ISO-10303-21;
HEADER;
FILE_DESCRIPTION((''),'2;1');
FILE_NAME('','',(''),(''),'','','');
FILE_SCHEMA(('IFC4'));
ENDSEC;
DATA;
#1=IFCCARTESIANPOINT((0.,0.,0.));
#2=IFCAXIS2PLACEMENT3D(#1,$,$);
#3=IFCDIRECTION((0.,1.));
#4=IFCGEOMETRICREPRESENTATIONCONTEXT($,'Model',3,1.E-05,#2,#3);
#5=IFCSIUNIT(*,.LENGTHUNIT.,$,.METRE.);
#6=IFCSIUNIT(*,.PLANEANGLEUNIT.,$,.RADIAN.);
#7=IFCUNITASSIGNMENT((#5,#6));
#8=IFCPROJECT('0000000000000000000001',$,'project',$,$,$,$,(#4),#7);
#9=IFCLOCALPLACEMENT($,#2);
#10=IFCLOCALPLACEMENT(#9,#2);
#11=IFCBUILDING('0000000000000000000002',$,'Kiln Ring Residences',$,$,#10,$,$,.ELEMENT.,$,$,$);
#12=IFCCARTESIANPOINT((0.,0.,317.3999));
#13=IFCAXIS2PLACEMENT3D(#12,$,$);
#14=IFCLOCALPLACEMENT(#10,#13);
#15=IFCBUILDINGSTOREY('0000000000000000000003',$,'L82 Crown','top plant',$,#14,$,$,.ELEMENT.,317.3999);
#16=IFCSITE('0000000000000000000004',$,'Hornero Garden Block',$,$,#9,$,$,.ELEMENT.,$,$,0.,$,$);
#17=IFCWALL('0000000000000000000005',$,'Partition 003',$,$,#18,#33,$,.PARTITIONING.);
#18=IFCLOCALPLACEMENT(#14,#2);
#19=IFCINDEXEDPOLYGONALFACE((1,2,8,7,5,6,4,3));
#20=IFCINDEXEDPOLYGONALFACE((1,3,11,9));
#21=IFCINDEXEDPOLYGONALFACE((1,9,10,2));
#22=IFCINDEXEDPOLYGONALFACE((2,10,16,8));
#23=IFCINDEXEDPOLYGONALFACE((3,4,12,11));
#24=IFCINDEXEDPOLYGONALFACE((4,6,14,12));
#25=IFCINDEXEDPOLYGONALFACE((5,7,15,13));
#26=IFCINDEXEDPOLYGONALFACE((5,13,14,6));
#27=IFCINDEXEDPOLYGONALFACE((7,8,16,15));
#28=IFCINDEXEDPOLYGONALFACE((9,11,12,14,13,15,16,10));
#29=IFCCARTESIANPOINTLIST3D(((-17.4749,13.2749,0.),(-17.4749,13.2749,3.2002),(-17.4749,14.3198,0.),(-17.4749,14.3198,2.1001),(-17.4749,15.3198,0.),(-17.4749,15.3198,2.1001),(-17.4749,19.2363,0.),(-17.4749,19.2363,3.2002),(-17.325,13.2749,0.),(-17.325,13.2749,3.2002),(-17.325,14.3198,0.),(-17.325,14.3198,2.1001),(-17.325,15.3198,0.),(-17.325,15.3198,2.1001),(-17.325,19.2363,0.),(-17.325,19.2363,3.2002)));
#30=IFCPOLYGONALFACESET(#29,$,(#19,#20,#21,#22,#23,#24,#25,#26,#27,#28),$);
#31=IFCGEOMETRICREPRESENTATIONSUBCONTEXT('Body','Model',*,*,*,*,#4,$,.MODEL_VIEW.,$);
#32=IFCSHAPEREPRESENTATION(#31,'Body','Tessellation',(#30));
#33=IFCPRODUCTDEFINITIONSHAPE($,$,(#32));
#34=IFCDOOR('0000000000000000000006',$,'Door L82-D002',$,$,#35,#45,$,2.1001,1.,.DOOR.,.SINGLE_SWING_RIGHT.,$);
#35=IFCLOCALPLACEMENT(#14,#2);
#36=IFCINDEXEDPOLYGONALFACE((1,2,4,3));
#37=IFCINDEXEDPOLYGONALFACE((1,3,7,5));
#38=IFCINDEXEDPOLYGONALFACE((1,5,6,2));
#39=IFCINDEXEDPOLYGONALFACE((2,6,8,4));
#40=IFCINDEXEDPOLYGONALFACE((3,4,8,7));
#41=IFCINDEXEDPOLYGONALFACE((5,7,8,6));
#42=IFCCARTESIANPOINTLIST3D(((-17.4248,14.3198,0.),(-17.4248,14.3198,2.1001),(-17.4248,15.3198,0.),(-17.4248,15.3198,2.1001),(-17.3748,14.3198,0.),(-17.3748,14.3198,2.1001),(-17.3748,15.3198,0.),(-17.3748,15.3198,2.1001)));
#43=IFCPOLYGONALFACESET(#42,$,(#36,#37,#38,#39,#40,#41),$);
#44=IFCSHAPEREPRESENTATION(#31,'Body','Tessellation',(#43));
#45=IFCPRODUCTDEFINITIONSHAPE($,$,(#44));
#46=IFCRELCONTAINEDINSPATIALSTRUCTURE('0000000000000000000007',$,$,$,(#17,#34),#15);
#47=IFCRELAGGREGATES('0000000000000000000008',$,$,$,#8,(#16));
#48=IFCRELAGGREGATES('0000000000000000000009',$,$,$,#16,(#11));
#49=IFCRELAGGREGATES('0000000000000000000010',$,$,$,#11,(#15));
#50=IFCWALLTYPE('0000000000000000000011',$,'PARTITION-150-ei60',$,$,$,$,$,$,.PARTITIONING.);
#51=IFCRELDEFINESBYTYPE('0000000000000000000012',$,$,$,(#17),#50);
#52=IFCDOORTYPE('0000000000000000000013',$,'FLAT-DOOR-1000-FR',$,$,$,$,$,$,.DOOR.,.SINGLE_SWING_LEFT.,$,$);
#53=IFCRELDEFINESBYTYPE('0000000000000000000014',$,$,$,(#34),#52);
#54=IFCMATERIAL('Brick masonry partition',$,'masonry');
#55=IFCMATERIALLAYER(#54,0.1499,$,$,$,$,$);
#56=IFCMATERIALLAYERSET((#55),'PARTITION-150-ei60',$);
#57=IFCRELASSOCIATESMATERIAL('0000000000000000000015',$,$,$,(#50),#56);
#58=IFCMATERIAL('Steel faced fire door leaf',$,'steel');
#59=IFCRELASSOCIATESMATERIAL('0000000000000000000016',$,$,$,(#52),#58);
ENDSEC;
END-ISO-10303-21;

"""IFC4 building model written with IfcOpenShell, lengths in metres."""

from ifc_helpers import new_model, si_unit, direction, frame, frame_2d, origin, place, context, subcontext, project, spatial, rectangle, extrude, material, layer, layer_set, type_object, element, fill, save


model = new_model("IFC4")

# Units and contexts
model_context = context("Model", 3, precision=1e-05, world=origin(), true_north=direction((0.0, 1.0)))
body_context = subcontext(model_context, "Body", "Model", "MODEL_VIEW")
ifc_project = project(units=[si_unit("LENGTHUNIT", "METRE"), si_unit("PLANEANGLEUNIT", "RADIAN")], contexts=[model_context])

# Site, building, storey
site_placement = place(None, origin())
site = spatial("IfcSite", under=ifc_project, at=site_placement, Name="Hornero Garden Block", CompositionType="ELEMENT", RefElevation=0.0)
building_placement = place(site_placement, origin())
building = spatial("IfcBuilding", under=site, at=building_placement, Name="Kiln Ring Residences", CompositionType="ELEMENT")
storey_placement = place(building_placement, frame((0.0, 0.0, 317.3999)))
storey = spatial("IfcBuildingStorey", under=building, at=storey_placement, Name="L82 Crown", Description="top plant", CompositionType="ELEMENT", Elevation=317.3999)

# Wall, opening, door
ifc_material_1 = material(Name="Brick masonry partition", Category="masonry")
ifc_layer_1 = layer(ifc_material_1, 0.1499)
ifc_layer_set_1 = layer_set([ifc_layer_1], Name="PARTITION-150-ei60")
wall_type_1 = type_object("IfcWallType", Name="PARTITION-150-ei60", PredefinedType="PARTITIONING", material=ifc_layer_set_1)
wall_1_placement = place(storey_placement, frame((-17.3999, 13.2749, 0.0), z_axis=(0.0, 0.0, 1.0), x_axis=(0.0, 1.0, 0.0)))
wall_1 = element("IfcWall", 1, at=wall_1_placement, inside=storey, type_object=wall_type_1, Name="Partition 003", PredefinedType="PARTITIONING", context=body_context, shape_type="SweptSolid", body=[
    extrude(rectangle(XDim=5.9614, YDim=0.1499, at=frame_2d((2.9807, 0.0))), origin(), (0.0, 0.0, 1.0), 3.2002),
])
opening_1_placement = place(wall_1_placement, frame((1.0449, 0.0, 0.0)))
opening_1 = element("IfcOpeningElement", 2, at=opening_1_placement, cuts=wall_1, PredefinedType="OPENING", context=body_context, shape_type="SweptSolid", body=[
    extrude(rectangle(XDim=1.0, YDim=2.1001, at=frame_2d((0.5, 1.05))), frame((0.0, 0.085, 0.0), z_axis=(0.0, -1.0, 0.0), x_axis=(1.0, 0.0, 0.0)), (0.0, 0.0, 1.0), 0.1699),
])
ifc_material_2 = material(Name="Steel faced fire door leaf", Category="steel")
door_type = type_object("IfcDoorType", Name="FLAT-DOOR-1000-FR", OperationType="SINGLE_SWING_LEFT", PredefinedType="DOOR", material=ifc_material_2)
door_placement = place(opening_1_placement, origin())
door = element("IfcDoor", 3, at=door_placement, inside=storey, type_object=door_type, Name="Door L82-D002", OperationType="SINGLE_SWING_RIGHT", OverallHeight=2.1001, OverallWidth=1.0, PredefinedType="DOOR", context=body_context, shape_type="SweptSolid", body=[
    extrude(rectangle(XDim=1.0, YDim=2.1001, at=frame_2d((0.5, 1.05))), frame((0.0, 0.0249, 0.0), z_axis=(0.0, -1.0, 0.0), x_axis=(1.0, 0.0, 0.0)), (0.0, 0.0, 1.0), 0.05),
])
fill(opening_1, door)

save(model, "model.ifc")
